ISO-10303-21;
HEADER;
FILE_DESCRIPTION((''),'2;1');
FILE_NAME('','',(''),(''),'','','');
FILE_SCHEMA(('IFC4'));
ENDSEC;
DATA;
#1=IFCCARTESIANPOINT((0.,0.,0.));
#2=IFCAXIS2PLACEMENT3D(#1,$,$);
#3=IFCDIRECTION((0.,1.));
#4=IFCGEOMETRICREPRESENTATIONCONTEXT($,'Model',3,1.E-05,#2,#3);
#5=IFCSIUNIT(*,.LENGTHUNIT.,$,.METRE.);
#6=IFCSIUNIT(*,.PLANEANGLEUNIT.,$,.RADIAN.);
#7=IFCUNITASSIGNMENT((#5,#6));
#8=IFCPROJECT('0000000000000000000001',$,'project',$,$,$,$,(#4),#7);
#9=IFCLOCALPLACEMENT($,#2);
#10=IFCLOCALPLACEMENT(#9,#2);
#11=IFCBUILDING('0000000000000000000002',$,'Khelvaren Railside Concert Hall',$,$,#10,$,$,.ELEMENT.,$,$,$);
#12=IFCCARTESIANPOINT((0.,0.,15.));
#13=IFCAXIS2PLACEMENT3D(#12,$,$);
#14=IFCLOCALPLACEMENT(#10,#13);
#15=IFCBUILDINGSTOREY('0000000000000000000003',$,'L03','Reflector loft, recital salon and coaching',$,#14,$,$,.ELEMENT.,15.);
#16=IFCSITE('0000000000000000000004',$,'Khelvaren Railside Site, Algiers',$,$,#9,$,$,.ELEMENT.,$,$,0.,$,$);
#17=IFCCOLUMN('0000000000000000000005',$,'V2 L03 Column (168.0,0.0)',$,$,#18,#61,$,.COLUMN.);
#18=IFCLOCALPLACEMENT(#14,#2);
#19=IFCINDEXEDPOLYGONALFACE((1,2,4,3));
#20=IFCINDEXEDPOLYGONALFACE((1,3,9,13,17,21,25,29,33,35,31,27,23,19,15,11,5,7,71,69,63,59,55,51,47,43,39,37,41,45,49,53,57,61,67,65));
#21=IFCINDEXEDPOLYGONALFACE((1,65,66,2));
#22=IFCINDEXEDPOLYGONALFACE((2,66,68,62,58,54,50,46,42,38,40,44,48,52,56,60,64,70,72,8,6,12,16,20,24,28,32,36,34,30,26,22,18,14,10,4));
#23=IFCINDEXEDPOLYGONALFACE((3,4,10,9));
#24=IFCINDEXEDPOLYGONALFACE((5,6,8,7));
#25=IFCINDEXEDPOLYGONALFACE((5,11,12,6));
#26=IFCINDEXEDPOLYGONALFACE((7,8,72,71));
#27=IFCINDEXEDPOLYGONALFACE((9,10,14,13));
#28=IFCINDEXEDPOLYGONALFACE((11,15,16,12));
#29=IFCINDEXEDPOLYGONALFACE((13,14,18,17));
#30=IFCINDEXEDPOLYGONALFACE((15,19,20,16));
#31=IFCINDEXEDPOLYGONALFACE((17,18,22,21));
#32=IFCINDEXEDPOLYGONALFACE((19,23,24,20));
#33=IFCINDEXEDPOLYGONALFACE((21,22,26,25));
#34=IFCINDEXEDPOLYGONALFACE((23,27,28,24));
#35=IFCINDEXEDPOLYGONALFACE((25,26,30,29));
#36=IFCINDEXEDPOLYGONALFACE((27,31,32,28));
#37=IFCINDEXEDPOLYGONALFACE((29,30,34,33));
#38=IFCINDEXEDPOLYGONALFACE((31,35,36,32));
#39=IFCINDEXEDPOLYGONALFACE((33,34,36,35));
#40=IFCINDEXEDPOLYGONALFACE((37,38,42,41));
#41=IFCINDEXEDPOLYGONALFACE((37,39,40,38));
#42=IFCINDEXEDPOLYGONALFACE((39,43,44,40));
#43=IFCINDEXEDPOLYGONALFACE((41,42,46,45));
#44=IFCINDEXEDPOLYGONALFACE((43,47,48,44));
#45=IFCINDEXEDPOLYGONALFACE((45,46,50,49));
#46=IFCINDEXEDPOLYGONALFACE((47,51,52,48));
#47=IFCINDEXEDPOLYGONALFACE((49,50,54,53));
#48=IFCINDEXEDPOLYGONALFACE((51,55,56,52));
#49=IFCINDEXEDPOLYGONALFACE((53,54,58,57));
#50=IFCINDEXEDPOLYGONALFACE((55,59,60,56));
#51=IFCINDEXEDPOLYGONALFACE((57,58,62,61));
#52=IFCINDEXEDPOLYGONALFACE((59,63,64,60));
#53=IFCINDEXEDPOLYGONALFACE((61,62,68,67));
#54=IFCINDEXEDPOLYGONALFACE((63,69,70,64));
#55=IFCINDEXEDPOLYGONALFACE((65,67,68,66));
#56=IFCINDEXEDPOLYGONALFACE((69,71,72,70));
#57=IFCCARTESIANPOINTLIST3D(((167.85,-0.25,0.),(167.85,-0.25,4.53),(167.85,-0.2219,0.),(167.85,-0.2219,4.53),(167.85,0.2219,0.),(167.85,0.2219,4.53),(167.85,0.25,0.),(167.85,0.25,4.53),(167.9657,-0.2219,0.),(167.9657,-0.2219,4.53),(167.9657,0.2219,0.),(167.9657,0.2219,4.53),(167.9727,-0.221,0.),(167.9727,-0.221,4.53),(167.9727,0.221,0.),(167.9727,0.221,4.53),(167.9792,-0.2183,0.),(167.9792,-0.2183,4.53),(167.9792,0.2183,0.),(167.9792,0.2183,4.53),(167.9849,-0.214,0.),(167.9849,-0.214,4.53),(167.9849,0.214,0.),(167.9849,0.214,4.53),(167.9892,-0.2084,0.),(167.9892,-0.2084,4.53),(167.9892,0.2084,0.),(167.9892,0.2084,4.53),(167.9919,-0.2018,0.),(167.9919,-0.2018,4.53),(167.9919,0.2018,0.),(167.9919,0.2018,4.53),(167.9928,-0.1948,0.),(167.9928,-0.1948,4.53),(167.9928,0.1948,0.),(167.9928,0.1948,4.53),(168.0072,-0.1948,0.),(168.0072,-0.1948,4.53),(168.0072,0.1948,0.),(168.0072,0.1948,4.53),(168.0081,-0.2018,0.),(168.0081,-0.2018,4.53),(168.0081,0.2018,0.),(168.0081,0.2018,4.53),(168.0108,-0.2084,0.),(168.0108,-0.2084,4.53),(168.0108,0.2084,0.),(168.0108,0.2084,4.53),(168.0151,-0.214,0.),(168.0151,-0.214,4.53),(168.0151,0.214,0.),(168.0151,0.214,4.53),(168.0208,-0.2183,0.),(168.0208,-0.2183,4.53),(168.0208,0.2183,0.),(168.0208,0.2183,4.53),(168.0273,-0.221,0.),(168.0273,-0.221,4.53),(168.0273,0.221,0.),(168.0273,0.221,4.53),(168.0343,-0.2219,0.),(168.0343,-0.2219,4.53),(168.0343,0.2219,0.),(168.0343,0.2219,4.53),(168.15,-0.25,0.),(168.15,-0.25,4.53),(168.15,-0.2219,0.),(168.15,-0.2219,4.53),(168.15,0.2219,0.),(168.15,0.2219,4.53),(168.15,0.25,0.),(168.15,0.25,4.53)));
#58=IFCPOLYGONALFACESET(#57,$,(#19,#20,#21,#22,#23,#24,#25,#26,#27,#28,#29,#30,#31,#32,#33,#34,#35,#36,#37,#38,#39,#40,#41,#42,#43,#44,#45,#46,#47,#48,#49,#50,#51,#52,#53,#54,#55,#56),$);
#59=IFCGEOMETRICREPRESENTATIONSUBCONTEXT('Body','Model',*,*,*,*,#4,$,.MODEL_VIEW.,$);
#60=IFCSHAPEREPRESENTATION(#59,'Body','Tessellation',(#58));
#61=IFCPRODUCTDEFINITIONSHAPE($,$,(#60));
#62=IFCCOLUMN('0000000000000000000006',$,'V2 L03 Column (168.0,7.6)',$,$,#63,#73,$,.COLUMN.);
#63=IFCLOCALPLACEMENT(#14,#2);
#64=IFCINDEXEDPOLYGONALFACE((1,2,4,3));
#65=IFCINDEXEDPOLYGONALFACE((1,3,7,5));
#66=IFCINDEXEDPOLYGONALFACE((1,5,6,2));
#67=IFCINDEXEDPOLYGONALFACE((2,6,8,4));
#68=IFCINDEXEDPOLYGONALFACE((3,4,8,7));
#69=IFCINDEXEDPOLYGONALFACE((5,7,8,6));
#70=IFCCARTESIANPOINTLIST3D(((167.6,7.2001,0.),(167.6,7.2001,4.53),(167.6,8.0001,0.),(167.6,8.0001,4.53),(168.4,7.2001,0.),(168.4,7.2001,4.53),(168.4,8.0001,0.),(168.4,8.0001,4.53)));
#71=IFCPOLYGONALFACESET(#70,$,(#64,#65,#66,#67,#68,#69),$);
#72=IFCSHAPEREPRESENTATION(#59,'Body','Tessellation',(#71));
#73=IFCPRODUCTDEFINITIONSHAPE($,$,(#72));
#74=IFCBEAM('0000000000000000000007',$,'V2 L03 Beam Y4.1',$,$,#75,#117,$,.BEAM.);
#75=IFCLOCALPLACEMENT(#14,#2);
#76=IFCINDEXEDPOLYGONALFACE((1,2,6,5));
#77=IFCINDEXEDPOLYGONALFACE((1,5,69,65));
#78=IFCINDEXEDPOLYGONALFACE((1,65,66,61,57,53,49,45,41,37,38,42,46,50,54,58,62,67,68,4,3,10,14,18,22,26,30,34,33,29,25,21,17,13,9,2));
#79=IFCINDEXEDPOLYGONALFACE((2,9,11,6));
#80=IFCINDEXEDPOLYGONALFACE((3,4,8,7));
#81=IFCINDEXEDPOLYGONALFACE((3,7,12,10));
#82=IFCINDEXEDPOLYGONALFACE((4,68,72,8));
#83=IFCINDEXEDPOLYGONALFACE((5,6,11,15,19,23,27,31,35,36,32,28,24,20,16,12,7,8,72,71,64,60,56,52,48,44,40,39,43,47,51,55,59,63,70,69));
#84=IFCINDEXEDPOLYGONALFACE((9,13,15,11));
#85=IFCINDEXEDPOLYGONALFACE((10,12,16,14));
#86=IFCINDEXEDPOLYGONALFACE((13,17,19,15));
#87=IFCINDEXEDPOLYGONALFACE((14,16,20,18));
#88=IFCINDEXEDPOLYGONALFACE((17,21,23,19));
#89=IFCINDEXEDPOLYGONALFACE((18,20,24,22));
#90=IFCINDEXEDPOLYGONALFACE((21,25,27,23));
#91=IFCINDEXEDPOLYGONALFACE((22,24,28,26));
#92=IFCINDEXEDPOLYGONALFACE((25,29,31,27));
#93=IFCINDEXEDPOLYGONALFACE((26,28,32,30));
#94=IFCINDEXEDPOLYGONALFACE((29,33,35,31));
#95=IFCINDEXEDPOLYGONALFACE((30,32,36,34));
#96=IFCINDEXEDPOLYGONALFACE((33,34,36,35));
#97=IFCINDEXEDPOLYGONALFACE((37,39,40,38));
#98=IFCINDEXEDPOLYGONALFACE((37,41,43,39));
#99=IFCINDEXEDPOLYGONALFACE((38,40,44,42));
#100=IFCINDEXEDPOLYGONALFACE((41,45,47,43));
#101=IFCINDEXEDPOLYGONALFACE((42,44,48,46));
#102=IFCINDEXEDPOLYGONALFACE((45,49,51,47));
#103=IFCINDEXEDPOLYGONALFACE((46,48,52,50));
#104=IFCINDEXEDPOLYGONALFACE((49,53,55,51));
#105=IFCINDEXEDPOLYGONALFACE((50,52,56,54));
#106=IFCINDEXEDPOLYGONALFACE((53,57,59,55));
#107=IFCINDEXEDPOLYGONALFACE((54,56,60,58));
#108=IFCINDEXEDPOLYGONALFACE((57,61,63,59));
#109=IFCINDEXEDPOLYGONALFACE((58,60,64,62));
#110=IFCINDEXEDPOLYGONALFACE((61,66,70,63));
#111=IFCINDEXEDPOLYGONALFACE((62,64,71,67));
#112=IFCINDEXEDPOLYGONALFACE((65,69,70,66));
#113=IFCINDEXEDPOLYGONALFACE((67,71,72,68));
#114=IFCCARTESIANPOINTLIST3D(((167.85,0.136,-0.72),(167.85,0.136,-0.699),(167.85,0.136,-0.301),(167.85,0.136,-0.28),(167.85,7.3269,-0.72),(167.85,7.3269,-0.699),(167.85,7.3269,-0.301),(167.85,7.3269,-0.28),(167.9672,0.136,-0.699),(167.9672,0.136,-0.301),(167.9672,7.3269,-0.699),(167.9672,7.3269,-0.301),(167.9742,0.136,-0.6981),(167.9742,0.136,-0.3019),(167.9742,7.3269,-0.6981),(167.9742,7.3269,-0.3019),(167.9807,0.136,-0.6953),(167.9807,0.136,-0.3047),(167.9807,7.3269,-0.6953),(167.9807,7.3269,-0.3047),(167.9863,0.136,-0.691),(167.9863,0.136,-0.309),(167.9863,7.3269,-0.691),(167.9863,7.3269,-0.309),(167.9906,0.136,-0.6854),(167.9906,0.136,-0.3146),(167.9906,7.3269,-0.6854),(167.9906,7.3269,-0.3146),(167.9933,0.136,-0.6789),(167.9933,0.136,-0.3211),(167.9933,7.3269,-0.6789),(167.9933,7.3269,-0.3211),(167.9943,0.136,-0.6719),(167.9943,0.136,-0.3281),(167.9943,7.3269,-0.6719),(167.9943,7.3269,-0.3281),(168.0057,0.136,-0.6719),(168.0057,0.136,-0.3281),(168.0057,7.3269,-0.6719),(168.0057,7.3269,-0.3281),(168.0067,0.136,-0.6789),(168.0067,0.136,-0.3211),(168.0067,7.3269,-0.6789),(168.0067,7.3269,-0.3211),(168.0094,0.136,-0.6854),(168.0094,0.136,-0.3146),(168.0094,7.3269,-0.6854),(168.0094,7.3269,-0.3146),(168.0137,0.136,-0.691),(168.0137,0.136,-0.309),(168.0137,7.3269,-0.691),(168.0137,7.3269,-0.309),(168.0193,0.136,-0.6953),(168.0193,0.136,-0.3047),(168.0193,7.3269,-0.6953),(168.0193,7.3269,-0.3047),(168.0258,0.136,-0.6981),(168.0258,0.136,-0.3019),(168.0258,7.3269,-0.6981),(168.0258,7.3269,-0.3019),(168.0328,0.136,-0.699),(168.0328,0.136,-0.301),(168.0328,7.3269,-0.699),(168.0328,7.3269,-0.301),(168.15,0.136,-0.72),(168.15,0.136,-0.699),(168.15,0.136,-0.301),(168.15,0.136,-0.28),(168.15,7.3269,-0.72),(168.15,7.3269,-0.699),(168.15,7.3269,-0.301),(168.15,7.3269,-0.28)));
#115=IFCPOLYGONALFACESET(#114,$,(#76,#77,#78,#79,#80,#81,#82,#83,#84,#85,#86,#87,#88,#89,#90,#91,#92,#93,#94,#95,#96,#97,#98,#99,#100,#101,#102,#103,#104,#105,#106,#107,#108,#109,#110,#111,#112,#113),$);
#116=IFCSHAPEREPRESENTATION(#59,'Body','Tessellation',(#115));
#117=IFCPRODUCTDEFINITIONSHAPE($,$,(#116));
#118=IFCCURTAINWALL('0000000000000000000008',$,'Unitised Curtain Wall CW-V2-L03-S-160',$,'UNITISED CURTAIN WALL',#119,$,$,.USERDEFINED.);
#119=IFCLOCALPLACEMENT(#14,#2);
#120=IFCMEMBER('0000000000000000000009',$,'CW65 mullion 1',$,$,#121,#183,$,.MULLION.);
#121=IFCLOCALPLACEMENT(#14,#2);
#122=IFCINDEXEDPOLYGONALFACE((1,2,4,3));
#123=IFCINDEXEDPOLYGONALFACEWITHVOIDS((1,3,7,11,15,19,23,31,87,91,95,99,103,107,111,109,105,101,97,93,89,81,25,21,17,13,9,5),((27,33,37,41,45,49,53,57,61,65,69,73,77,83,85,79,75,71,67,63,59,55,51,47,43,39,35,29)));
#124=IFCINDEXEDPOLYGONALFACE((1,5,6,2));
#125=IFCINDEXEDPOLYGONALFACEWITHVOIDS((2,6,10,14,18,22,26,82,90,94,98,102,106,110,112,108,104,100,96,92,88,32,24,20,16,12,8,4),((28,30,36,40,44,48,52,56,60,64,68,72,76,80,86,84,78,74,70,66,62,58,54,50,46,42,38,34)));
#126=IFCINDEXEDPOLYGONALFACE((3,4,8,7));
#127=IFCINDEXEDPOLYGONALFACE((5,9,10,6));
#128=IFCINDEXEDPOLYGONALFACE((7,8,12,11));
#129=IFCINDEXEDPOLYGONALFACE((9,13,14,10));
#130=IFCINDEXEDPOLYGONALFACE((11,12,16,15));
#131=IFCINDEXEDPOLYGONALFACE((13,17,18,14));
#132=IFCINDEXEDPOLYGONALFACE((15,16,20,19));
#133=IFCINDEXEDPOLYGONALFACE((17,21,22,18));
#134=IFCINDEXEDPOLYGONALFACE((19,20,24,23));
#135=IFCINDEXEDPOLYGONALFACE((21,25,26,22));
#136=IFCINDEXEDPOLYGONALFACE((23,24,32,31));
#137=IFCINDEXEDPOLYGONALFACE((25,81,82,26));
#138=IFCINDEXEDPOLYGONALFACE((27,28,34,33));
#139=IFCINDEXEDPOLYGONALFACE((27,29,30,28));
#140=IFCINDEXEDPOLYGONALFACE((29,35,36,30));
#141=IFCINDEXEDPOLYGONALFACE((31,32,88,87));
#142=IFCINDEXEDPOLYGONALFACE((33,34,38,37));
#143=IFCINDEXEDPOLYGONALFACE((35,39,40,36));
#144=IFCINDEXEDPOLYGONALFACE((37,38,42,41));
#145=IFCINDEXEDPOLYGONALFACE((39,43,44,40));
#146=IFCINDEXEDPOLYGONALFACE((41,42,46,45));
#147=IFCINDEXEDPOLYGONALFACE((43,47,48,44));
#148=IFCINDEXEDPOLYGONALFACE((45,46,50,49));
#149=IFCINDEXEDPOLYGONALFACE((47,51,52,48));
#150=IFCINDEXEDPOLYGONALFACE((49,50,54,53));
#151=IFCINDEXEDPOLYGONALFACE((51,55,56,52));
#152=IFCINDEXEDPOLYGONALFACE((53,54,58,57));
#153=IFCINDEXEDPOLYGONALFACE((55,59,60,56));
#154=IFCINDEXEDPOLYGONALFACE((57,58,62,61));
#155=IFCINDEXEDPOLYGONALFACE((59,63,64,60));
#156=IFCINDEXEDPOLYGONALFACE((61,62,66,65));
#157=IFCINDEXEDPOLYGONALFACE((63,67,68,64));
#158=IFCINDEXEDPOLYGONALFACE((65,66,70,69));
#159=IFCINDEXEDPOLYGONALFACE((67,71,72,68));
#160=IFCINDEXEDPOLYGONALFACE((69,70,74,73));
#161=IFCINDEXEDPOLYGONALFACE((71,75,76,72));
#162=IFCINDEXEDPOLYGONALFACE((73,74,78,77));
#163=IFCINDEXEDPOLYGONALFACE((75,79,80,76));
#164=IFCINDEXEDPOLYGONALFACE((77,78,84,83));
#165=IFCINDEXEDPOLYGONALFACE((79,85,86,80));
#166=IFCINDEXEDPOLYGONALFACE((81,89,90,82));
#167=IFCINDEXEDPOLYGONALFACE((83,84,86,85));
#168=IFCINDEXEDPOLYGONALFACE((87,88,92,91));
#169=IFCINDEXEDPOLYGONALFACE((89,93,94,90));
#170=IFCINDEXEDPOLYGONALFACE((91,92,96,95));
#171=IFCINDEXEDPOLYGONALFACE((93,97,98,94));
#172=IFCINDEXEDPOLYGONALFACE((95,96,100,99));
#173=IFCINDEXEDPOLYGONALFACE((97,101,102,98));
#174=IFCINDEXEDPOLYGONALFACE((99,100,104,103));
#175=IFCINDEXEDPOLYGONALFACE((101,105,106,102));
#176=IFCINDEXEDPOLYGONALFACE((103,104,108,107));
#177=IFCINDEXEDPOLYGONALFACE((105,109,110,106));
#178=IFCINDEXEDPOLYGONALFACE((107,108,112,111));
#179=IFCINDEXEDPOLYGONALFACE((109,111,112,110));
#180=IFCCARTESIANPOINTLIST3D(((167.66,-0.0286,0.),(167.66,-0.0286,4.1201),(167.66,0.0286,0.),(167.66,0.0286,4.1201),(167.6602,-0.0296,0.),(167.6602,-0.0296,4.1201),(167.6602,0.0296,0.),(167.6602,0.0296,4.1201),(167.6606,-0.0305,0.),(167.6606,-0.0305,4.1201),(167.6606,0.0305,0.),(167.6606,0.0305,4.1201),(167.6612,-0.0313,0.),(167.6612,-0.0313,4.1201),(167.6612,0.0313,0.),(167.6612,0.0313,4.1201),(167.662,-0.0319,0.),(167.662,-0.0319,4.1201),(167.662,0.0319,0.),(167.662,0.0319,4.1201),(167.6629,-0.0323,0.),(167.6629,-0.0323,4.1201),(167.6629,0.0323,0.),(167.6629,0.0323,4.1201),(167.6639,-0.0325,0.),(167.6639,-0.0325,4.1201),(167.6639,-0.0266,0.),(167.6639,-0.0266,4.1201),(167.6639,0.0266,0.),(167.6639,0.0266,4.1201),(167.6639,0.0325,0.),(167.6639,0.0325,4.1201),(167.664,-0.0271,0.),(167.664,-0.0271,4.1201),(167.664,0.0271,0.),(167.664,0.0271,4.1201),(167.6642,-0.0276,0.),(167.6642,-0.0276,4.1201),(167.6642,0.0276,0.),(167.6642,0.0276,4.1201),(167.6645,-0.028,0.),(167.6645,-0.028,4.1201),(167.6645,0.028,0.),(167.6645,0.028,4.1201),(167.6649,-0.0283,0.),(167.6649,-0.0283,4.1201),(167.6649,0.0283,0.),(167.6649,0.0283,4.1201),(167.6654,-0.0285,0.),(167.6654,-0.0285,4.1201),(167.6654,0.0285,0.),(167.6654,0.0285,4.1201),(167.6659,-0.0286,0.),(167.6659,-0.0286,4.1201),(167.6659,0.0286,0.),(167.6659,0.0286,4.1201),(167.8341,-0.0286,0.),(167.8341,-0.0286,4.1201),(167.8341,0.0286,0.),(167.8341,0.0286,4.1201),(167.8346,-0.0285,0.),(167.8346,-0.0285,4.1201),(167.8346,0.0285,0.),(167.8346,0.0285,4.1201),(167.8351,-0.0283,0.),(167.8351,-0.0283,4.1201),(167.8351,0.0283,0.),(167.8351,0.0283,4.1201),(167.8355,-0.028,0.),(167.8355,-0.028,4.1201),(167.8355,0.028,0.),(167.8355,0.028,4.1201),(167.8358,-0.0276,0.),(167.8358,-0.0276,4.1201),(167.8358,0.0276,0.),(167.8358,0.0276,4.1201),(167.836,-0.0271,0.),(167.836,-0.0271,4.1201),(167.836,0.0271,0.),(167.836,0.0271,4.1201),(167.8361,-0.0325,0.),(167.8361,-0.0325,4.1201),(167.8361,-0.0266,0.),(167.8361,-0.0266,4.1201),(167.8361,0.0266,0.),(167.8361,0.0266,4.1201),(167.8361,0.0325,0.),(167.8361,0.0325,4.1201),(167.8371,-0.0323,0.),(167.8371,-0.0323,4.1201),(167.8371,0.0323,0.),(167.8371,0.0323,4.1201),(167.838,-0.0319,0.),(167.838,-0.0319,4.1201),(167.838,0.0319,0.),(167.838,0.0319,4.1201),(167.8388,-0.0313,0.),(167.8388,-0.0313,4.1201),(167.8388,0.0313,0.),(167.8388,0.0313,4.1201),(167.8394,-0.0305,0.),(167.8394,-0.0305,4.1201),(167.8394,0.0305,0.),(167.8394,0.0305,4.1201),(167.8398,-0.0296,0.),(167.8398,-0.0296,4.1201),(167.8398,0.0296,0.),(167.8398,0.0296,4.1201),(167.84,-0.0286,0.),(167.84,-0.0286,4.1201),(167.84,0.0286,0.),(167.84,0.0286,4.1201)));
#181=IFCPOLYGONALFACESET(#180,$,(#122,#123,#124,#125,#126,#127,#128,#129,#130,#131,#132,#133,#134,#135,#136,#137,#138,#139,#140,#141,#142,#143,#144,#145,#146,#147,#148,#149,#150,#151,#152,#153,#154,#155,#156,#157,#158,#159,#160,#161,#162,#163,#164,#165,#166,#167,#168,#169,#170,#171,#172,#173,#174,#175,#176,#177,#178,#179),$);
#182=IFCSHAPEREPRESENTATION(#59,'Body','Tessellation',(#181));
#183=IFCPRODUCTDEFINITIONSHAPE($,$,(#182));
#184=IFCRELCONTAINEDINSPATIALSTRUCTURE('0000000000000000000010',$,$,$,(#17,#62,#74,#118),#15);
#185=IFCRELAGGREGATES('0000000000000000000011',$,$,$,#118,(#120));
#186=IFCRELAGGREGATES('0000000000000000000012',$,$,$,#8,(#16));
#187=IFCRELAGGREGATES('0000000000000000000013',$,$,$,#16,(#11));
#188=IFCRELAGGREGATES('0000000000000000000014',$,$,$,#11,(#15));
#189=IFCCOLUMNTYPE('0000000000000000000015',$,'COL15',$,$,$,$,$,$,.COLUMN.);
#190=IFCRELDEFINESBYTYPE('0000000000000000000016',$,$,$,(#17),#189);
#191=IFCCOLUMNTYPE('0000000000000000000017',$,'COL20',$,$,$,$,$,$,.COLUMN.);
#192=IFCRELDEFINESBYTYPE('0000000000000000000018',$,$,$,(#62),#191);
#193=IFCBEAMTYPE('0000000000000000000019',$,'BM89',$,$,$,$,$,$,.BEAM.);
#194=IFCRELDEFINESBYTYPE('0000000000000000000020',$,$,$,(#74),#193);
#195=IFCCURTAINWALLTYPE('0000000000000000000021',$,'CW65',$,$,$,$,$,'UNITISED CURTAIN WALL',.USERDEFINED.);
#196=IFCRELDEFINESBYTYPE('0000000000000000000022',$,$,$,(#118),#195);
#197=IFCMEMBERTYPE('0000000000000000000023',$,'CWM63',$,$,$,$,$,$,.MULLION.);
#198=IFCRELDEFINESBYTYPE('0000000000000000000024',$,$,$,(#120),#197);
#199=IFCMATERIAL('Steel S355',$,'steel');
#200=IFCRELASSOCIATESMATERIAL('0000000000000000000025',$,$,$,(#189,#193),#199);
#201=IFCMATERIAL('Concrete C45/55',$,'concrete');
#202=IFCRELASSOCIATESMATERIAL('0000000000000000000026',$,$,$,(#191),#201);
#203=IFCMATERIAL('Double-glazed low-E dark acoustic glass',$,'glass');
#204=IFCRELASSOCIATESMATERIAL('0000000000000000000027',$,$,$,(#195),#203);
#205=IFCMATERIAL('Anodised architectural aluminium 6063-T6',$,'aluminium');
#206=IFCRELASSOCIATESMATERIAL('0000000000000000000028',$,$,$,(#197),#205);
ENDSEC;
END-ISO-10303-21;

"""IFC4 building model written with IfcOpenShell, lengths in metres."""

from ifc_helpers import new_model, si_unit, direction, frame, origin, origin_2d, place, context, subcontext, project, spatial, rectangle, hollow_rectangle, i_section, extrude, material, material_profile, profile_set, type_object, element, aggregate, save


model = new_model("IFC4")

# Units and contexts
model_context = context("Model", 3, precision=1e-05, world=origin(), true_north=direction((0.0, 1.0)))
body_context = subcontext(model_context, "Body", "Model", "MODEL_VIEW")
ifc_project = project(units=[si_unit("LENGTHUNIT", "METRE"), si_unit("PLANEANGLEUNIT", "RADIAN")], contexts=[model_context])

# Site, building, storey
site_placement = place(None, origin())
site = spatial("IfcSite", under=ifc_project, at=site_placement, Name="Khelvaren Railside Site, Algiers", CompositionType="ELEMENT", RefElevation=0.0)
building_placement = place(site_placement, origin())
building = spatial("IfcBuilding", under=site, at=building_placement, Name="Khelvaren Railside Concert Hall", CompositionType="ELEMENT")
storey_placement = place(building_placement, frame((0.0, 0.0, 15.0)))
storey = spatial("IfcBuildingStorey", under=building, at=storey_placement, Name="L03", Description="Reflector loft, recital salon and coaching", CompositionType="ELEMENT", Elevation=15.0)

# Columns
ifc_material_1 = material(Name="Steel S355", Category="steel")
ifc_material_profile_1 = material_profile(ifc_material_1, i_section(OverallWidth=0.3, OverallDepth=0.5, WebThickness=0.0144, FlangeThickness=0.0281, FilletRadius=0.0271, at=origin_2d()), Name="HEB 500")
ifc_profile_set_1 = profile_set([ifc_material_profile_1], Name="Steel S355")
column_type_1 = type_object("IfcColumnType", Name="COL15", PredefinedType="COLUMN", material=ifc_profile_set_1)
column_1_placement = place(storey_placement, frame((168.0, 0.0, 0.0), z_axis=(0.0, 0.0, 1.0), x_axis=(1.0, 0.0, 0.0)))
element("IfcColumn", 1, at=column_1_placement, inside=storey, type_object=column_type_1, Name="V2 L03 Column (168.0,0.0)", PredefinedType="COLUMN", context=body_context, shape_type="SweptSolid", body=[
    extrude(i_section(OverallWidth=0.3, OverallDepth=0.5, WebThickness=0.0144, FlangeThickness=0.0281, FilletRadius=0.0271, at=origin_2d()), origin(), (0.0, 0.0, 1.0), 4.53),
])
ifc_material_2 = material(Name="Concrete C45/55", Category="concrete")
ifc_material_profile_2 = material_profile(ifc_material_2, rectangle(XDim=0.8, YDim=0.8, at=origin_2d()), Name="RC 800x800")
ifc_profile_set_2 = profile_set([ifc_material_profile_2], Name="Concrete C45/55")
column_type_2 = type_object("IfcColumnType", Name="COL20", PredefinedType="COLUMN", material=ifc_profile_set_2)
column_2_placement = place(storey_placement, frame((168.0, 7.6001, 0.0), z_axis=(0.0, 0.0, 1.0), x_axis=(1.0, 0.0, 0.0)))
element("IfcColumn", 2, at=column_2_placement, inside=storey, type_object=column_type_2, Name="V2 L03 Column (168.0,7.6)", PredefinedType="COLUMN", context=body_context, shape_type="SweptSolid", body=[
    extrude(rectangle(XDim=0.8, YDim=0.8, at=origin_2d()), origin(), (0.0, 0.0, 1.0), 4.53),
])

# Beam
ifc_material_profile_3 = material_profile(ifc_material_1, i_section(OverallWidth=0.3, OverallDepth=0.4399, WebThickness=0.0115, FlangeThickness=0.021, FilletRadius=0.0271, at=origin_2d()), Name="HEA 450")
ifc_profile_set_3 = profile_set([ifc_material_profile_3], Name="Steel S355")
beam_type_1 = type_object("IfcBeamType", Name="BM89", PredefinedType="BEAM", material=ifc_profile_set_3)
beam_1_placement = place(storey_placement, frame((168.0, 0.136, -0.5), z_axis=(0.0, 1.0, 0.0), x_axis=(-1.0, 0.0, 0.0)))
element("IfcBeam", 3, at=beam_1_placement, inside=storey, type_object=beam_type_1, Name="V2 L03 Beam Y4.1", PredefinedType="BEAM", context=body_context, shape_type="SweptSolid", body=[
    extrude(i_section(OverallWidth=0.3, OverallDepth=0.4399, WebThickness=0.0115, FlangeThickness=0.021, FilletRadius=0.0271, at=origin_2d()), origin(), (0.0, 0.0, 1.0), 7.1909),
])

# Curtain wall, member
ifc_material_3 = material(Name="Double-glazed low-E dark acoustic glass", Category="glass")
curtain_wall_type_1 = type_object("IfcCurtainWallType", Name="CW65", ElementType="UNITISED CURTAIN WALL", PredefinedType="USERDEFINED", material=ifc_material_3)
curtain_wall_1_placement = place(storey_placement, origin())
curtain_wall_1 = element("IfcCurtainWall", 4, at=curtain_wall_1_placement, inside=storey, type_object=curtain_wall_type_1, Name="Unitised Curtain Wall CW-V2-L03-S-160", ObjectType="UNITISED CURTAIN WALL", PredefinedType="USERDEFINED")
ifc_material_4 = material(Name="Anodised architectural aluminium 6063-T6", Category="aluminium")
ifc_material_profile_4 = material_profile(ifc_material_4, hollow_rectangle(XDim=0.0649, YDim=0.1799, WallThickness=0.0039, InnerFilletRadius=0.002, OuterFilletRadius=0.0039, at=origin_2d()), Name="CWM 65x180x4")
ifc_profile_set_4 = profile_set([ifc_material_profile_4], Name="Anodised architectural aluminium 6063-T6")
member_type_1 = type_object("IfcMemberType", Name="CWM63", PredefinedType="MULLION", material=ifc_profile_set_4)
member_1_placement = place(storey_placement, frame((167.75, 0.0, 0.0), z_axis=(0.0, 0.0, 1.0), x_axis=(0.0, -1.0, 0.0)))
member_1 = element("IfcMember", 5, at=member_1_placement, type_object=member_type_1, Name="CW65 mullion 1", PredefinedType="MULLION", context=body_context, shape_type="SweptSolid", body=[
    extrude(hollow_rectangle(XDim=0.0649, YDim=0.1799, WallThickness=0.0039, InnerFilletRadius=0.002, OuterFilletRadius=0.0039, at=origin_2d()), origin(), (0.0, 0.0, 1.0), 4.1201),
])

aggregate(curtain_wall_1, [member_1])

save(model, "model.ifc")
